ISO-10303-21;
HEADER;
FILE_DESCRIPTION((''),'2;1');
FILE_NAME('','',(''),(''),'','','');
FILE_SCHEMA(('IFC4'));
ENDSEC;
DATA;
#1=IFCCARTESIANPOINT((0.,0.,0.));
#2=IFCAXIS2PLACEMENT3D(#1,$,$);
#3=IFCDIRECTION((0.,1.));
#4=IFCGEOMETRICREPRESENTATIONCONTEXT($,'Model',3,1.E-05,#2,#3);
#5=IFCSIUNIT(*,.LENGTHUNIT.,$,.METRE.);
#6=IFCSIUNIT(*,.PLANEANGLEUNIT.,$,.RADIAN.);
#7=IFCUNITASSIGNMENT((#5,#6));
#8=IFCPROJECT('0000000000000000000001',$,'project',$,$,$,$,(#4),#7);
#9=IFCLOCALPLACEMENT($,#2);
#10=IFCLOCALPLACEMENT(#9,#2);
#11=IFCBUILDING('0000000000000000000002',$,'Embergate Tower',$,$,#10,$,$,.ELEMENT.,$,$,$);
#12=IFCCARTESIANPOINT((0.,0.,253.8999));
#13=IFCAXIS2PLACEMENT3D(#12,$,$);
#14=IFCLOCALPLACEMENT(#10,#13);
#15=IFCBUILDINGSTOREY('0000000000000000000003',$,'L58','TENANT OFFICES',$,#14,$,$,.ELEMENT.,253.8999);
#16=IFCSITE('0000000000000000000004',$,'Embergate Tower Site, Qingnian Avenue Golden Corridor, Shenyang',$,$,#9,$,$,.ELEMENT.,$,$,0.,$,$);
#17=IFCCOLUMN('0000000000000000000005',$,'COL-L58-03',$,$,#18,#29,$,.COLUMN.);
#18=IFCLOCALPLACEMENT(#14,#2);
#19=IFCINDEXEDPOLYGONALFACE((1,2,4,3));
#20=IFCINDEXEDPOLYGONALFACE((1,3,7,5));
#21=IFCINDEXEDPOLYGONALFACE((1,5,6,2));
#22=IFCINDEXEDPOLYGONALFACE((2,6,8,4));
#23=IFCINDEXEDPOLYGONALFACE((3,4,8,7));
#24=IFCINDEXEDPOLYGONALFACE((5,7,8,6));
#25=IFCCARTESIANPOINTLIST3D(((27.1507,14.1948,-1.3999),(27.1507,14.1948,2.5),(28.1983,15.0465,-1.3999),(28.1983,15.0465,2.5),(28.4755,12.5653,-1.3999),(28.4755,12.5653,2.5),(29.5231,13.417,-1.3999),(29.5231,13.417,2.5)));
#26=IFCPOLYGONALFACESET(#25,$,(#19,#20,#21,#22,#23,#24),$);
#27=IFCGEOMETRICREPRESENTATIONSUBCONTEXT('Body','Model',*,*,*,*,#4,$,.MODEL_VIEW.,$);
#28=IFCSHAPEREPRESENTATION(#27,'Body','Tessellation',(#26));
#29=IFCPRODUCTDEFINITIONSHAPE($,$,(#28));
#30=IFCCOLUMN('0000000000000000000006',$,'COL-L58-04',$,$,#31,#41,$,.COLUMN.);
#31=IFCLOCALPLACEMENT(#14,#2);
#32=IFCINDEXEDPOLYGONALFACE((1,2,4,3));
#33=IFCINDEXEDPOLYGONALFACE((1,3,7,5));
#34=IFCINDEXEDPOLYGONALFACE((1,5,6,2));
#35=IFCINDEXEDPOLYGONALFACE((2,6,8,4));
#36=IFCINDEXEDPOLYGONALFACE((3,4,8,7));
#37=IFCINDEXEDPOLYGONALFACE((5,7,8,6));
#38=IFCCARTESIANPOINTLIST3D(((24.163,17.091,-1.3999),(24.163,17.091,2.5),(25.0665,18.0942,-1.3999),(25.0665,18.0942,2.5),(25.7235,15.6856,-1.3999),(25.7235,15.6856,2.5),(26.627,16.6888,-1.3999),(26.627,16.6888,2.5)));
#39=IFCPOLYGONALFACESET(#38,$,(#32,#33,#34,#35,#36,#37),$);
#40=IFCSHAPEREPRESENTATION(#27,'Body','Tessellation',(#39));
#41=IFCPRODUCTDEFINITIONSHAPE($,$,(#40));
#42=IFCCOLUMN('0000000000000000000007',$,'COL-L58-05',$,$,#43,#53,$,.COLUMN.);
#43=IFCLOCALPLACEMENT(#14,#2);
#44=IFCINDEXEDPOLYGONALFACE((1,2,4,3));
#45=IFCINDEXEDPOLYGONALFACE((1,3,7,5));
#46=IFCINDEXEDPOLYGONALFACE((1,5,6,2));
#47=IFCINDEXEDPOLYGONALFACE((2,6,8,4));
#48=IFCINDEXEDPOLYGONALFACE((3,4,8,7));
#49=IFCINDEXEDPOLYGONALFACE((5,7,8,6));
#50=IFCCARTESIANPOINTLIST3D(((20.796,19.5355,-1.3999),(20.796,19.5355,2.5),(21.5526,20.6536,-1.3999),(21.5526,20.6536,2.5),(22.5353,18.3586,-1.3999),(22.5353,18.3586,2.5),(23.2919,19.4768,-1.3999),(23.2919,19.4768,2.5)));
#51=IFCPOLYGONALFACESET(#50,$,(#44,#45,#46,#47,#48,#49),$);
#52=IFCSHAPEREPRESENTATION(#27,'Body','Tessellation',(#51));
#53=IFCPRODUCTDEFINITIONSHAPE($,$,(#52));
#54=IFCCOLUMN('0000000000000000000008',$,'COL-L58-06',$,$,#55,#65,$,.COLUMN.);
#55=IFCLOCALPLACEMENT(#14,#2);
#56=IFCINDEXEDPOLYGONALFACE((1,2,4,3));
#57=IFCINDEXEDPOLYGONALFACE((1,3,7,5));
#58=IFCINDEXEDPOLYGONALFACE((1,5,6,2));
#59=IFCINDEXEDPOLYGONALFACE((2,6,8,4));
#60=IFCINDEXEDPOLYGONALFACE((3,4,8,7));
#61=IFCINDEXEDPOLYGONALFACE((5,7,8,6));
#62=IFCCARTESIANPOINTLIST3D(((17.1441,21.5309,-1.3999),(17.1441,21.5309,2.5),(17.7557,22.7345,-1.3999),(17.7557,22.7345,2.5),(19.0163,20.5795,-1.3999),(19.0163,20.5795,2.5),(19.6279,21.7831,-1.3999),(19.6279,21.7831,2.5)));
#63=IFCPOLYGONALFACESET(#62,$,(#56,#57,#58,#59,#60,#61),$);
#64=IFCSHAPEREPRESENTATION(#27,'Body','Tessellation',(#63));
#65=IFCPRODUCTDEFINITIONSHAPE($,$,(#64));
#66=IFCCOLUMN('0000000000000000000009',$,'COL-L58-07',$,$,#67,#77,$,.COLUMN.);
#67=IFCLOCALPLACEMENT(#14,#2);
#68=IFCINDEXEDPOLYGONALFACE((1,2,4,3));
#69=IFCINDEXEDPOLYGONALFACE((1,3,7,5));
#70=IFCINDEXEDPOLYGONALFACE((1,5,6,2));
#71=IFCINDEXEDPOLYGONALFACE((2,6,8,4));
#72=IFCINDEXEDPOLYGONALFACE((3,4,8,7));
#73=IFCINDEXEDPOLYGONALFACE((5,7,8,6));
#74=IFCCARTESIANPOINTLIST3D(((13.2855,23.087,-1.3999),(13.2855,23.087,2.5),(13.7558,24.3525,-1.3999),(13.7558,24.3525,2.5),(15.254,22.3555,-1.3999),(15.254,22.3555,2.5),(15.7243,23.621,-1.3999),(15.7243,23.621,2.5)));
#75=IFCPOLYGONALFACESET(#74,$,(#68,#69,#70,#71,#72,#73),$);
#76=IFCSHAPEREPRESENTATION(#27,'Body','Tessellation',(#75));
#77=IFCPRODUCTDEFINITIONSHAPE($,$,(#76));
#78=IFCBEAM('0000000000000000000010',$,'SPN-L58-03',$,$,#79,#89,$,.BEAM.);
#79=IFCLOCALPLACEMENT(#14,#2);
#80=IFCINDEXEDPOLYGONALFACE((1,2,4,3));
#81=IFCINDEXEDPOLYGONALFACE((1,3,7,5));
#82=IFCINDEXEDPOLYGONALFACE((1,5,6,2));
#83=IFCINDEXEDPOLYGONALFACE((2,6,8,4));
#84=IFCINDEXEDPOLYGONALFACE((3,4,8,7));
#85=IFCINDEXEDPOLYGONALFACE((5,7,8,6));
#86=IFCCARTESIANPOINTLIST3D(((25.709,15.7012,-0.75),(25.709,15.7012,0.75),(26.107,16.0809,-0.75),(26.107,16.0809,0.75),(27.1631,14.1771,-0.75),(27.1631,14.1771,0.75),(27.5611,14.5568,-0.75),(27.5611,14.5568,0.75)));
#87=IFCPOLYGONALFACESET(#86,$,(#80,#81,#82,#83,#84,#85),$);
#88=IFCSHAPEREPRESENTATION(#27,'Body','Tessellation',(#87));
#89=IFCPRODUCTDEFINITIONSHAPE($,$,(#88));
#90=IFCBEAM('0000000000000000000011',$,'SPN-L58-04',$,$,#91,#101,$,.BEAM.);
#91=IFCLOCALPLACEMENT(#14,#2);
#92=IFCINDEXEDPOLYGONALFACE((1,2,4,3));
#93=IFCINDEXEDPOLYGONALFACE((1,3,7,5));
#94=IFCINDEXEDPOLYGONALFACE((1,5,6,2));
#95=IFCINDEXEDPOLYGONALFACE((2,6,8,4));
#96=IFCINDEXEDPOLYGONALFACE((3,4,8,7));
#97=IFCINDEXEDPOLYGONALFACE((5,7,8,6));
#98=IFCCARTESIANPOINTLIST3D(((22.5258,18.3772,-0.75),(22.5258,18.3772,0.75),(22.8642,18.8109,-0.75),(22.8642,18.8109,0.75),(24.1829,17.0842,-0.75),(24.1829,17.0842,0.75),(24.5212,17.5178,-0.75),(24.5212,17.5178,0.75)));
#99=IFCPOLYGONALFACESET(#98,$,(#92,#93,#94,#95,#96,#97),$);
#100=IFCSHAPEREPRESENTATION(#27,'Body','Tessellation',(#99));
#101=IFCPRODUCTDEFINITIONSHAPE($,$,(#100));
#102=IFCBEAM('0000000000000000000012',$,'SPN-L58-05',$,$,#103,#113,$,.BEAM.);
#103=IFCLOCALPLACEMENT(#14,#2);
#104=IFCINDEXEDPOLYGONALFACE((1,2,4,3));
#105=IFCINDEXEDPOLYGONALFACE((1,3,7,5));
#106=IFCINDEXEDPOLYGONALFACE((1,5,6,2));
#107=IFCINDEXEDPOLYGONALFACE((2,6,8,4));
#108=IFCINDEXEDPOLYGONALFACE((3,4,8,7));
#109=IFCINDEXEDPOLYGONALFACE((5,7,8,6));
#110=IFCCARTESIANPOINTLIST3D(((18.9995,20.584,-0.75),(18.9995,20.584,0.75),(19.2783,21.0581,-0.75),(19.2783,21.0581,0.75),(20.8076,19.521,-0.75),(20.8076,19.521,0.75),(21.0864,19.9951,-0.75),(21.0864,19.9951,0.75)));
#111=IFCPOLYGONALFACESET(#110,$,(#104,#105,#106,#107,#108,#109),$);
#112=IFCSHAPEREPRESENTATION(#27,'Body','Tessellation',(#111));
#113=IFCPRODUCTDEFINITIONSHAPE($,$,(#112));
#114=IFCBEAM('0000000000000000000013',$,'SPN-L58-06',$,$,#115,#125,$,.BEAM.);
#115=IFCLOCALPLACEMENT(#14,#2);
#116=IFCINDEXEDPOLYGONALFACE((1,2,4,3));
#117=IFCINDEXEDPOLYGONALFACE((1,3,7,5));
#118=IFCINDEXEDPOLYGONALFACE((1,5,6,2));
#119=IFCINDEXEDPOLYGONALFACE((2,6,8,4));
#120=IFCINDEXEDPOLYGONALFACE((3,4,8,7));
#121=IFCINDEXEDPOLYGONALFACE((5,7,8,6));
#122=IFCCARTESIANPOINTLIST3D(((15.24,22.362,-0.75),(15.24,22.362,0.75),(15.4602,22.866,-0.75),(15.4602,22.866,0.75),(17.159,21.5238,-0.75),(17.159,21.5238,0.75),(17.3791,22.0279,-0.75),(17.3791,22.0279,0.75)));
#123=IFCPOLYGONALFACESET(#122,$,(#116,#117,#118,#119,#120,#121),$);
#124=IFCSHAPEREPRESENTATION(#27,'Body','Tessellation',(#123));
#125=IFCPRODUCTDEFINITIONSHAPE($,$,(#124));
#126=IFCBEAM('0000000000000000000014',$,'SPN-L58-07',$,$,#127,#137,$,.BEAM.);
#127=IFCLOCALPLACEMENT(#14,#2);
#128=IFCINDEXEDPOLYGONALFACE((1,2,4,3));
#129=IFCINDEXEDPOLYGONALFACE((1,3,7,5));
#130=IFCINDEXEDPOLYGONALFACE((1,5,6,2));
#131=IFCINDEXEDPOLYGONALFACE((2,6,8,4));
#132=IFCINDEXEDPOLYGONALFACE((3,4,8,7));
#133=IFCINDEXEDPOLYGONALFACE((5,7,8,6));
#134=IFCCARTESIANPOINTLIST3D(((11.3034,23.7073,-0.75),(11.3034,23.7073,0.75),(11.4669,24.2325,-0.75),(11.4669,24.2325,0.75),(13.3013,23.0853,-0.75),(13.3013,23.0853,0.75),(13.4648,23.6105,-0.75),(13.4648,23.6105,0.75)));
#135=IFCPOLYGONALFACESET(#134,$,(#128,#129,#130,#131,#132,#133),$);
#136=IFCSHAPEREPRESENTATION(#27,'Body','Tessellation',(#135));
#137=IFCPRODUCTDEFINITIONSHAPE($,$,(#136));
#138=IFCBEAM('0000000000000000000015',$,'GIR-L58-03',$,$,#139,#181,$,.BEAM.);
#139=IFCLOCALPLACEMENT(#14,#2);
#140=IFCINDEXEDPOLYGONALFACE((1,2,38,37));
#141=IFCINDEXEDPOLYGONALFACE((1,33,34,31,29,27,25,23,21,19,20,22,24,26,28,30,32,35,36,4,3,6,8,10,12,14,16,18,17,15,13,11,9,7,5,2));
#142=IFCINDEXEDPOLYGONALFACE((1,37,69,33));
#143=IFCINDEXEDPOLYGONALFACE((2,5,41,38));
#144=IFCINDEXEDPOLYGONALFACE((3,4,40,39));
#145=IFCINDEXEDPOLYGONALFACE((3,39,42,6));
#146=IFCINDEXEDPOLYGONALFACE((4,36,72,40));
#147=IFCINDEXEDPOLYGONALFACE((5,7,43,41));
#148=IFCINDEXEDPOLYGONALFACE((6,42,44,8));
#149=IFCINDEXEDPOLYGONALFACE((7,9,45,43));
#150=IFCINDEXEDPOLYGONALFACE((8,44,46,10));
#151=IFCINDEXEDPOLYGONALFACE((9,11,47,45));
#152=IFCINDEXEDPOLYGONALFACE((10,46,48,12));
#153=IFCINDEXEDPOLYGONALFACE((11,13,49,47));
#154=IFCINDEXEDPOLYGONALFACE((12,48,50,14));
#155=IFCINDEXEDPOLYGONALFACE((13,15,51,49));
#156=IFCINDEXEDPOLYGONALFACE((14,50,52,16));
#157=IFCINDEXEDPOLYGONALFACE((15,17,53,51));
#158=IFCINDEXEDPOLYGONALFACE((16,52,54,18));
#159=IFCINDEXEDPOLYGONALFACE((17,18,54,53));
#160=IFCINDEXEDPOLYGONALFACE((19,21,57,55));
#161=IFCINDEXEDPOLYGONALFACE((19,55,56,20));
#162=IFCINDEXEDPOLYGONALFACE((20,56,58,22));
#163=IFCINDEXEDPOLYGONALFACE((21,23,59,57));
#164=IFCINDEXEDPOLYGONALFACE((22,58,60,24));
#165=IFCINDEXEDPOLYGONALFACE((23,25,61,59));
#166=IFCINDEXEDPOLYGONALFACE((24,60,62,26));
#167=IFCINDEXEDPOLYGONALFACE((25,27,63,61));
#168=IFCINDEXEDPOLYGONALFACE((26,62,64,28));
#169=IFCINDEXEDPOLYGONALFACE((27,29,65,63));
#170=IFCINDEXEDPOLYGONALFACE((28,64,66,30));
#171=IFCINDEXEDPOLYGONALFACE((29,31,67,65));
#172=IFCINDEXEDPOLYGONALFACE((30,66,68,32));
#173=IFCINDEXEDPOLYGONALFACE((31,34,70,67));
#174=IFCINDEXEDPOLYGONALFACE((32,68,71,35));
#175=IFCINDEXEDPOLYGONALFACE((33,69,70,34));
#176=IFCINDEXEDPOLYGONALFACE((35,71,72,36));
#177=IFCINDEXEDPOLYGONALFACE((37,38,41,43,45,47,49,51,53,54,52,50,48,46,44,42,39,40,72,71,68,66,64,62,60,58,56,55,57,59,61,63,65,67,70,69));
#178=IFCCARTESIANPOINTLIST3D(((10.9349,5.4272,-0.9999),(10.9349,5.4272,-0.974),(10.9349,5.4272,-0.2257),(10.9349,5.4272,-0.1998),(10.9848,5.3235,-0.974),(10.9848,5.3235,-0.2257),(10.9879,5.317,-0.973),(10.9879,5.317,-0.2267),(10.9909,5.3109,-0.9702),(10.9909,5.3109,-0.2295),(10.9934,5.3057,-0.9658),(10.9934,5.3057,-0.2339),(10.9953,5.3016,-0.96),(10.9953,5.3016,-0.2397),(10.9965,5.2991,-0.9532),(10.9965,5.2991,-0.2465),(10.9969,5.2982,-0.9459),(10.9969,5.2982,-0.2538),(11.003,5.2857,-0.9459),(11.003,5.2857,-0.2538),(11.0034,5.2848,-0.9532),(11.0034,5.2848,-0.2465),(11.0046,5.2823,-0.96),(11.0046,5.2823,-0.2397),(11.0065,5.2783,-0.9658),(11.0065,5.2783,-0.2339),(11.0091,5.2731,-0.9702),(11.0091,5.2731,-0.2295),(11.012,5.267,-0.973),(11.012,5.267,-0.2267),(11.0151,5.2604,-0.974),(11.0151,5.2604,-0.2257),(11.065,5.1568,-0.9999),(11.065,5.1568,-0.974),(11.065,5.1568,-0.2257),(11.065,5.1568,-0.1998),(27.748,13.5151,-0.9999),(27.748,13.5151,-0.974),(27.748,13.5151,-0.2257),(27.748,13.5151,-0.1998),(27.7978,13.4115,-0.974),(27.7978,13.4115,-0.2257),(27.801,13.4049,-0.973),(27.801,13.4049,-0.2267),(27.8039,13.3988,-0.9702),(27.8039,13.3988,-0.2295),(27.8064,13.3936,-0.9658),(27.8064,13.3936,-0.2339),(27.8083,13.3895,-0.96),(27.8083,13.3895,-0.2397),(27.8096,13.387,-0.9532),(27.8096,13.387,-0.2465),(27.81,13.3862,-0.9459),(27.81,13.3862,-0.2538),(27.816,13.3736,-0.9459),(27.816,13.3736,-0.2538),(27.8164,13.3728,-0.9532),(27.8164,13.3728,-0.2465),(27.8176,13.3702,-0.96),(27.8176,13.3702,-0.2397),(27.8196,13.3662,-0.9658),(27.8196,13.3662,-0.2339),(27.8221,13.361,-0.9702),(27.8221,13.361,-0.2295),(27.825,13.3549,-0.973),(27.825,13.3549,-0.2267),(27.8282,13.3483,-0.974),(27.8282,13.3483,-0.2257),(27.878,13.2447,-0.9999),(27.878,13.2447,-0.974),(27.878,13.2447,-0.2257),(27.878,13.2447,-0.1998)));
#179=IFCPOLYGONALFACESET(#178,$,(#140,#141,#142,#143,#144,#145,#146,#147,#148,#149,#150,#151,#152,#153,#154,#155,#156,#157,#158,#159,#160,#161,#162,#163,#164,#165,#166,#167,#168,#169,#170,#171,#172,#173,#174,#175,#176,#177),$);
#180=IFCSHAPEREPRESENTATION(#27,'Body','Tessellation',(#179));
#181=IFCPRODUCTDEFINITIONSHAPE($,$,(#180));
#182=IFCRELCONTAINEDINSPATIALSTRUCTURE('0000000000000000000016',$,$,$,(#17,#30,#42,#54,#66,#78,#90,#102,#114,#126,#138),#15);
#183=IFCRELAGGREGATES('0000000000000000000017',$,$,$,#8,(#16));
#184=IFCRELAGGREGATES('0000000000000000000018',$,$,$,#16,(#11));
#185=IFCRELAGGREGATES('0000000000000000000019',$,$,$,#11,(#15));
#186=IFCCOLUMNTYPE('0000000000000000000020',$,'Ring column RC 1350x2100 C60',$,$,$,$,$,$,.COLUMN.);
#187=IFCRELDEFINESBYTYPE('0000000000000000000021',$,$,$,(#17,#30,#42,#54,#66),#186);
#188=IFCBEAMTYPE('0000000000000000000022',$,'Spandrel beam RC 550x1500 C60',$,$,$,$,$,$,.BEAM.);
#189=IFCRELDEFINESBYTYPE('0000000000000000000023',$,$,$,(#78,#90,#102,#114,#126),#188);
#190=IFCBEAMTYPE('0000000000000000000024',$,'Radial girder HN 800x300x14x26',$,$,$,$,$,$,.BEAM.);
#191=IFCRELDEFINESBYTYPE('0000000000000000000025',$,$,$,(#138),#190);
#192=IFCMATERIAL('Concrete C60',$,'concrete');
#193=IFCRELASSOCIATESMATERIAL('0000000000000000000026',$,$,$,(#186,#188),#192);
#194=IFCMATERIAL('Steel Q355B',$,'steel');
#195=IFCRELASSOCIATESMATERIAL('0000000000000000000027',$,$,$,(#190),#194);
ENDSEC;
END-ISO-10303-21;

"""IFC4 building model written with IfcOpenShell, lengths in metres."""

from ifc_helpers import new_model, si_unit, direction, frame, origin, origin_2d, place, context, subcontext, project, spatial, rectangle, i_section, extrude, source, transform, mapped, material, material_profile, profile_set, type_object, element, save


model = new_model("IFC4")

# Units and contexts
model_context = context("Model", 3, precision=1e-05, world=origin(), true_north=direction((0.0, 1.0)))
body_context = subcontext(model_context, "Body", "Model", "MODEL_VIEW")
ifc_project = project(units=[si_unit("LENGTHUNIT", "METRE"), si_unit("PLANEANGLEUNIT", "RADIAN")], contexts=[model_context])

# Site, building, storey
site_placement = place(None, origin())
site = spatial("IfcSite", under=ifc_project, at=site_placement, Name="Embergate Tower Site, Qingnian Avenue Golden Corridor, Shenyang", CompositionType="ELEMENT", RefElevation=0.0)
building_placement = place(site_placement, origin())
building = spatial("IfcBuilding", under=site, at=building_placement, Name="Embergate Tower", CompositionType="ELEMENT")
storey_placement = place(building_placement, frame((0.0, 0.0, 253.8999)))
storey = spatial("IfcBuildingStorey", under=building, at=storey_placement, Name="L58", Description="TENANT OFFICES", CompositionType="ELEMENT", Elevation=253.8999)

# Columns
ifc_material_1 = material(Name="Concrete C60", Category="concrete")
ifc_material_profile_1 = material_profile(ifc_material_1, rectangle(XDim=1.3501, YDim=2.1001, at=origin_2d()), Name="RC 1350x2100")
ifc_profile_set_1 = profile_set([ifc_material_profile_1], Name="Concrete C60")
column_type = type_object("IfcColumnType", Name="Ring column RC 1350x2100 C60", PredefinedType="COLUMN", material=ifc_profile_set_1)
shared_shape_1 = source(origin(), body_context, "Body", "SweptSolid", [
    extrude(rectangle(XDim=1.3501, YDim=2.1001, at=origin_2d()), origin(), (0.0, 0.0, 1.0), 3.8999),
])
for number, where, z_axis, x_axis, name in (
    (1, (28.3369, 13.8059, -1.3999), (0.0, 0.0, 1.0), (0.775925, 0.630825, 0.0), "COL-L58-03"),
    (2, (25.395, 16.8899, -1.3999), (0.0, 0.0, 1.0), (0.669208, 0.743075, 0.0), "COL-L58-04"),
    (3, (22.0439, 19.5061, -1.3999), (0.0, 0.0, 1.0), (0.560393, 0.828227, 0.0), "COL-L58-05"),
    (4, (18.386, 21.657, -1.3999), (0.0, 0.0, 1.0), (0.453011, 0.891505, 0.0), "COL-L58-06"),
    (5, (14.5049, 23.354, -1.3999), (0.0, 0.0, 1.0), (0.348343, 0.937367, 0.0), "COL-L58-07"),
):
    element("IfcColumn", number, at=place(storey_placement, frame(where, z_axis=z_axis, x_axis=x_axis)), inside=storey, type_object=column_type, Name=name, PredefinedType="COLUMN", context=body_context, shape_type="MappedRepresentation", body=[
        mapped(shared_shape_1, transform((0.0, 0.0, 0.0))),
    ])

# Beams
ifc_material_profile_2 = material_profile(ifc_material_1, rectangle(XDim=0.55, YDim=1.5, at=origin_2d()), Name="RC 550x1500")
ifc_profile_set_2 = profile_set([ifc_material_profile_2], Name="Concrete C60")
beam_type_1 = type_object("IfcBeamType", Name="Spandrel beam RC 550x1500 C60", PredefinedType="BEAM", material=ifc_profile_set_2)
shared_shape_2 = source(origin(), body_context, "Body", "SweptSolid", [
    extrude(rectangle(XDim=0.55, YDim=1.5, at=origin_2d()), origin(), (0.0, 0.0, 1.0), 2.1064),
])
beam_1_placement = place(storey_placement, frame((27.3621, 14.3669, 0.0), z_axis=(-0.69028, 0.723542, 0.0), x_axis=(-0.723542, -0.69028, 0.0)))
element("IfcBeam", 6, at=beam_1_placement, inside=storey, type_object=beam_type_1, Name="SPN-L58-03", PredefinedType="BEAM", context=body_context, shape_type="MappedRepresentation", body=[
    mapped(shared_shape_2, transform((0.0, 0.0, 0.0))),
])
shared_shape_3 = source(origin(), body_context, "Body", "SweptSolid", [
    extrude(rectangle(XDim=0.55, YDim=1.5, at=origin_2d()), origin(), (0.0, 0.0, 1.0), 2.1018),
])
beam_2_placement = place(storey_placement, frame((24.3521, 17.301, 0.0), z_axis=(-0.788382, 0.615186, 0.0), x_axis=(-0.615186, -0.788382, 0.0)))
element("IfcBeam", 7, at=beam_2_placement, inside=storey, type_object=beam_type_1, Name="SPN-L58-04", PredefinedType="BEAM", context=body_context, shape_type="MappedRepresentation", body=[
    mapped(shared_shape_3, transform((0.0, 0.0, 0.0))),
])
shared_shape_4 = source(origin(), body_context, "Body", "SweptSolid", [
    extrude(rectangle(XDim=0.55, YDim=1.5, at=origin_2d()), origin(), (0.0, 0.0, 1.0), 2.0974),
])
beam_3_placement = place(storey_placement, frame((20.947, 19.7581, 0.0), z_axis=(-0.86206, 0.506806, 0.0), x_axis=(-0.506806, -0.86206, 0.0)))
element("IfcBeam", 8, at=beam_3_placement, inside=storey, type_object=beam_type_1, Name="SPN-L58-05", PredefinedType="BEAM", context=body_context, shape_type="MappedRepresentation", body=[
    mapped(shared_shape_4, transform((0.0, 0.0, 0.0))),
])
shared_shape_5 = source(origin(), body_context, "Body", "SweptSolid", [
    extrude(rectangle(XDim=0.55, YDim=1.5, at=origin_2d()), origin(), (0.0, 0.0, 1.0), 2.094),
])
beam_4_placement = place(storey_placement, frame((17.269, 21.7759, 0.0), z_axis=(-0.916403, 0.400256, 0.0), x_axis=(-0.400256, -0.916403, 0.0)))
element("IfcBeam", 9, at=beam_4_placement, inside=storey, type_object=beam_type_1, Name="SPN-L58-06", PredefinedType="BEAM", context=body_context, shape_type="MappedRepresentation", body=[
    mapped(shared_shape_5, transform((0.0, 0.0, 0.0))),
])
shared_shape_6 = source(origin(), body_context, "Body", "SweptSolid", [
    extrude(rectangle(XDim=0.55, YDim=1.5, at=origin_2d()), origin(), (0.0, 0.0, 1.0), 2.0925),
])
beam_5_placement = place(storey_placement, frame((13.3831, 23.3479, 0.0), z_axis=(-0.954795, 0.297265, 0.0), x_axis=(-0.297265, -0.954795, 0.0)))
element("IfcBeam", 10, at=beam_5_placement, inside=storey, type_object=beam_type_1, Name="SPN-L58-07", PredefinedType="BEAM", context=body_context, shape_type="MappedRepresentation", body=[
    mapped(shared_shape_6, transform((0.0, 0.0, 0.0))),
])
ifc_material_2 = material(Name="Steel Q355B", Category="steel")
ifc_material_profile_3 = material_profile(ifc_material_2, i_section(OverallWidth=0.3, OverallDepth=0.8, WebThickness=0.0139, FlangeThickness=0.0259, FilletRadius=0.0281, at=origin_2d()), Name="HN 800x300x14x26")
ifc_profile_set_3 = profile_set([ifc_material_profile_3], Name="Steel Q355 grade B")
beam_type_2 = type_object("IfcBeamType", Name="Radial girder HN 800x300x14x26", PredefinedType="BEAM", material=ifc_profile_set_3)
shared_shape_7 = source(origin(), body_context, "Body", "SweptSolid", [
    extrude(i_section(OverallWidth=0.3, OverallDepth=0.8, WebThickness=0.0139, FlangeThickness=0.0259, FilletRadius=0.0281, at=origin_2d()), origin(), (0.0, 0.0, 1.0), 18.6572),
])
beam_6_placement = place(storey_placement, frame((27.813, 13.3799, -0.5999), z_axis=(-0.901154, -0.4335, 0.0), x_axis=(0.4335, -0.901154, 0.0)))
element("IfcBeam", 11, at=beam_6_placement, inside=storey, type_object=beam_type_2, Name="GIR-L58-03", PredefinedType="BEAM", context=body_context, shape_type="MappedRepresentation", body=[
    mapped(shared_shape_7, transform((0.0, 0.0, 0.0))),
])

save(model, "model.ifc")
